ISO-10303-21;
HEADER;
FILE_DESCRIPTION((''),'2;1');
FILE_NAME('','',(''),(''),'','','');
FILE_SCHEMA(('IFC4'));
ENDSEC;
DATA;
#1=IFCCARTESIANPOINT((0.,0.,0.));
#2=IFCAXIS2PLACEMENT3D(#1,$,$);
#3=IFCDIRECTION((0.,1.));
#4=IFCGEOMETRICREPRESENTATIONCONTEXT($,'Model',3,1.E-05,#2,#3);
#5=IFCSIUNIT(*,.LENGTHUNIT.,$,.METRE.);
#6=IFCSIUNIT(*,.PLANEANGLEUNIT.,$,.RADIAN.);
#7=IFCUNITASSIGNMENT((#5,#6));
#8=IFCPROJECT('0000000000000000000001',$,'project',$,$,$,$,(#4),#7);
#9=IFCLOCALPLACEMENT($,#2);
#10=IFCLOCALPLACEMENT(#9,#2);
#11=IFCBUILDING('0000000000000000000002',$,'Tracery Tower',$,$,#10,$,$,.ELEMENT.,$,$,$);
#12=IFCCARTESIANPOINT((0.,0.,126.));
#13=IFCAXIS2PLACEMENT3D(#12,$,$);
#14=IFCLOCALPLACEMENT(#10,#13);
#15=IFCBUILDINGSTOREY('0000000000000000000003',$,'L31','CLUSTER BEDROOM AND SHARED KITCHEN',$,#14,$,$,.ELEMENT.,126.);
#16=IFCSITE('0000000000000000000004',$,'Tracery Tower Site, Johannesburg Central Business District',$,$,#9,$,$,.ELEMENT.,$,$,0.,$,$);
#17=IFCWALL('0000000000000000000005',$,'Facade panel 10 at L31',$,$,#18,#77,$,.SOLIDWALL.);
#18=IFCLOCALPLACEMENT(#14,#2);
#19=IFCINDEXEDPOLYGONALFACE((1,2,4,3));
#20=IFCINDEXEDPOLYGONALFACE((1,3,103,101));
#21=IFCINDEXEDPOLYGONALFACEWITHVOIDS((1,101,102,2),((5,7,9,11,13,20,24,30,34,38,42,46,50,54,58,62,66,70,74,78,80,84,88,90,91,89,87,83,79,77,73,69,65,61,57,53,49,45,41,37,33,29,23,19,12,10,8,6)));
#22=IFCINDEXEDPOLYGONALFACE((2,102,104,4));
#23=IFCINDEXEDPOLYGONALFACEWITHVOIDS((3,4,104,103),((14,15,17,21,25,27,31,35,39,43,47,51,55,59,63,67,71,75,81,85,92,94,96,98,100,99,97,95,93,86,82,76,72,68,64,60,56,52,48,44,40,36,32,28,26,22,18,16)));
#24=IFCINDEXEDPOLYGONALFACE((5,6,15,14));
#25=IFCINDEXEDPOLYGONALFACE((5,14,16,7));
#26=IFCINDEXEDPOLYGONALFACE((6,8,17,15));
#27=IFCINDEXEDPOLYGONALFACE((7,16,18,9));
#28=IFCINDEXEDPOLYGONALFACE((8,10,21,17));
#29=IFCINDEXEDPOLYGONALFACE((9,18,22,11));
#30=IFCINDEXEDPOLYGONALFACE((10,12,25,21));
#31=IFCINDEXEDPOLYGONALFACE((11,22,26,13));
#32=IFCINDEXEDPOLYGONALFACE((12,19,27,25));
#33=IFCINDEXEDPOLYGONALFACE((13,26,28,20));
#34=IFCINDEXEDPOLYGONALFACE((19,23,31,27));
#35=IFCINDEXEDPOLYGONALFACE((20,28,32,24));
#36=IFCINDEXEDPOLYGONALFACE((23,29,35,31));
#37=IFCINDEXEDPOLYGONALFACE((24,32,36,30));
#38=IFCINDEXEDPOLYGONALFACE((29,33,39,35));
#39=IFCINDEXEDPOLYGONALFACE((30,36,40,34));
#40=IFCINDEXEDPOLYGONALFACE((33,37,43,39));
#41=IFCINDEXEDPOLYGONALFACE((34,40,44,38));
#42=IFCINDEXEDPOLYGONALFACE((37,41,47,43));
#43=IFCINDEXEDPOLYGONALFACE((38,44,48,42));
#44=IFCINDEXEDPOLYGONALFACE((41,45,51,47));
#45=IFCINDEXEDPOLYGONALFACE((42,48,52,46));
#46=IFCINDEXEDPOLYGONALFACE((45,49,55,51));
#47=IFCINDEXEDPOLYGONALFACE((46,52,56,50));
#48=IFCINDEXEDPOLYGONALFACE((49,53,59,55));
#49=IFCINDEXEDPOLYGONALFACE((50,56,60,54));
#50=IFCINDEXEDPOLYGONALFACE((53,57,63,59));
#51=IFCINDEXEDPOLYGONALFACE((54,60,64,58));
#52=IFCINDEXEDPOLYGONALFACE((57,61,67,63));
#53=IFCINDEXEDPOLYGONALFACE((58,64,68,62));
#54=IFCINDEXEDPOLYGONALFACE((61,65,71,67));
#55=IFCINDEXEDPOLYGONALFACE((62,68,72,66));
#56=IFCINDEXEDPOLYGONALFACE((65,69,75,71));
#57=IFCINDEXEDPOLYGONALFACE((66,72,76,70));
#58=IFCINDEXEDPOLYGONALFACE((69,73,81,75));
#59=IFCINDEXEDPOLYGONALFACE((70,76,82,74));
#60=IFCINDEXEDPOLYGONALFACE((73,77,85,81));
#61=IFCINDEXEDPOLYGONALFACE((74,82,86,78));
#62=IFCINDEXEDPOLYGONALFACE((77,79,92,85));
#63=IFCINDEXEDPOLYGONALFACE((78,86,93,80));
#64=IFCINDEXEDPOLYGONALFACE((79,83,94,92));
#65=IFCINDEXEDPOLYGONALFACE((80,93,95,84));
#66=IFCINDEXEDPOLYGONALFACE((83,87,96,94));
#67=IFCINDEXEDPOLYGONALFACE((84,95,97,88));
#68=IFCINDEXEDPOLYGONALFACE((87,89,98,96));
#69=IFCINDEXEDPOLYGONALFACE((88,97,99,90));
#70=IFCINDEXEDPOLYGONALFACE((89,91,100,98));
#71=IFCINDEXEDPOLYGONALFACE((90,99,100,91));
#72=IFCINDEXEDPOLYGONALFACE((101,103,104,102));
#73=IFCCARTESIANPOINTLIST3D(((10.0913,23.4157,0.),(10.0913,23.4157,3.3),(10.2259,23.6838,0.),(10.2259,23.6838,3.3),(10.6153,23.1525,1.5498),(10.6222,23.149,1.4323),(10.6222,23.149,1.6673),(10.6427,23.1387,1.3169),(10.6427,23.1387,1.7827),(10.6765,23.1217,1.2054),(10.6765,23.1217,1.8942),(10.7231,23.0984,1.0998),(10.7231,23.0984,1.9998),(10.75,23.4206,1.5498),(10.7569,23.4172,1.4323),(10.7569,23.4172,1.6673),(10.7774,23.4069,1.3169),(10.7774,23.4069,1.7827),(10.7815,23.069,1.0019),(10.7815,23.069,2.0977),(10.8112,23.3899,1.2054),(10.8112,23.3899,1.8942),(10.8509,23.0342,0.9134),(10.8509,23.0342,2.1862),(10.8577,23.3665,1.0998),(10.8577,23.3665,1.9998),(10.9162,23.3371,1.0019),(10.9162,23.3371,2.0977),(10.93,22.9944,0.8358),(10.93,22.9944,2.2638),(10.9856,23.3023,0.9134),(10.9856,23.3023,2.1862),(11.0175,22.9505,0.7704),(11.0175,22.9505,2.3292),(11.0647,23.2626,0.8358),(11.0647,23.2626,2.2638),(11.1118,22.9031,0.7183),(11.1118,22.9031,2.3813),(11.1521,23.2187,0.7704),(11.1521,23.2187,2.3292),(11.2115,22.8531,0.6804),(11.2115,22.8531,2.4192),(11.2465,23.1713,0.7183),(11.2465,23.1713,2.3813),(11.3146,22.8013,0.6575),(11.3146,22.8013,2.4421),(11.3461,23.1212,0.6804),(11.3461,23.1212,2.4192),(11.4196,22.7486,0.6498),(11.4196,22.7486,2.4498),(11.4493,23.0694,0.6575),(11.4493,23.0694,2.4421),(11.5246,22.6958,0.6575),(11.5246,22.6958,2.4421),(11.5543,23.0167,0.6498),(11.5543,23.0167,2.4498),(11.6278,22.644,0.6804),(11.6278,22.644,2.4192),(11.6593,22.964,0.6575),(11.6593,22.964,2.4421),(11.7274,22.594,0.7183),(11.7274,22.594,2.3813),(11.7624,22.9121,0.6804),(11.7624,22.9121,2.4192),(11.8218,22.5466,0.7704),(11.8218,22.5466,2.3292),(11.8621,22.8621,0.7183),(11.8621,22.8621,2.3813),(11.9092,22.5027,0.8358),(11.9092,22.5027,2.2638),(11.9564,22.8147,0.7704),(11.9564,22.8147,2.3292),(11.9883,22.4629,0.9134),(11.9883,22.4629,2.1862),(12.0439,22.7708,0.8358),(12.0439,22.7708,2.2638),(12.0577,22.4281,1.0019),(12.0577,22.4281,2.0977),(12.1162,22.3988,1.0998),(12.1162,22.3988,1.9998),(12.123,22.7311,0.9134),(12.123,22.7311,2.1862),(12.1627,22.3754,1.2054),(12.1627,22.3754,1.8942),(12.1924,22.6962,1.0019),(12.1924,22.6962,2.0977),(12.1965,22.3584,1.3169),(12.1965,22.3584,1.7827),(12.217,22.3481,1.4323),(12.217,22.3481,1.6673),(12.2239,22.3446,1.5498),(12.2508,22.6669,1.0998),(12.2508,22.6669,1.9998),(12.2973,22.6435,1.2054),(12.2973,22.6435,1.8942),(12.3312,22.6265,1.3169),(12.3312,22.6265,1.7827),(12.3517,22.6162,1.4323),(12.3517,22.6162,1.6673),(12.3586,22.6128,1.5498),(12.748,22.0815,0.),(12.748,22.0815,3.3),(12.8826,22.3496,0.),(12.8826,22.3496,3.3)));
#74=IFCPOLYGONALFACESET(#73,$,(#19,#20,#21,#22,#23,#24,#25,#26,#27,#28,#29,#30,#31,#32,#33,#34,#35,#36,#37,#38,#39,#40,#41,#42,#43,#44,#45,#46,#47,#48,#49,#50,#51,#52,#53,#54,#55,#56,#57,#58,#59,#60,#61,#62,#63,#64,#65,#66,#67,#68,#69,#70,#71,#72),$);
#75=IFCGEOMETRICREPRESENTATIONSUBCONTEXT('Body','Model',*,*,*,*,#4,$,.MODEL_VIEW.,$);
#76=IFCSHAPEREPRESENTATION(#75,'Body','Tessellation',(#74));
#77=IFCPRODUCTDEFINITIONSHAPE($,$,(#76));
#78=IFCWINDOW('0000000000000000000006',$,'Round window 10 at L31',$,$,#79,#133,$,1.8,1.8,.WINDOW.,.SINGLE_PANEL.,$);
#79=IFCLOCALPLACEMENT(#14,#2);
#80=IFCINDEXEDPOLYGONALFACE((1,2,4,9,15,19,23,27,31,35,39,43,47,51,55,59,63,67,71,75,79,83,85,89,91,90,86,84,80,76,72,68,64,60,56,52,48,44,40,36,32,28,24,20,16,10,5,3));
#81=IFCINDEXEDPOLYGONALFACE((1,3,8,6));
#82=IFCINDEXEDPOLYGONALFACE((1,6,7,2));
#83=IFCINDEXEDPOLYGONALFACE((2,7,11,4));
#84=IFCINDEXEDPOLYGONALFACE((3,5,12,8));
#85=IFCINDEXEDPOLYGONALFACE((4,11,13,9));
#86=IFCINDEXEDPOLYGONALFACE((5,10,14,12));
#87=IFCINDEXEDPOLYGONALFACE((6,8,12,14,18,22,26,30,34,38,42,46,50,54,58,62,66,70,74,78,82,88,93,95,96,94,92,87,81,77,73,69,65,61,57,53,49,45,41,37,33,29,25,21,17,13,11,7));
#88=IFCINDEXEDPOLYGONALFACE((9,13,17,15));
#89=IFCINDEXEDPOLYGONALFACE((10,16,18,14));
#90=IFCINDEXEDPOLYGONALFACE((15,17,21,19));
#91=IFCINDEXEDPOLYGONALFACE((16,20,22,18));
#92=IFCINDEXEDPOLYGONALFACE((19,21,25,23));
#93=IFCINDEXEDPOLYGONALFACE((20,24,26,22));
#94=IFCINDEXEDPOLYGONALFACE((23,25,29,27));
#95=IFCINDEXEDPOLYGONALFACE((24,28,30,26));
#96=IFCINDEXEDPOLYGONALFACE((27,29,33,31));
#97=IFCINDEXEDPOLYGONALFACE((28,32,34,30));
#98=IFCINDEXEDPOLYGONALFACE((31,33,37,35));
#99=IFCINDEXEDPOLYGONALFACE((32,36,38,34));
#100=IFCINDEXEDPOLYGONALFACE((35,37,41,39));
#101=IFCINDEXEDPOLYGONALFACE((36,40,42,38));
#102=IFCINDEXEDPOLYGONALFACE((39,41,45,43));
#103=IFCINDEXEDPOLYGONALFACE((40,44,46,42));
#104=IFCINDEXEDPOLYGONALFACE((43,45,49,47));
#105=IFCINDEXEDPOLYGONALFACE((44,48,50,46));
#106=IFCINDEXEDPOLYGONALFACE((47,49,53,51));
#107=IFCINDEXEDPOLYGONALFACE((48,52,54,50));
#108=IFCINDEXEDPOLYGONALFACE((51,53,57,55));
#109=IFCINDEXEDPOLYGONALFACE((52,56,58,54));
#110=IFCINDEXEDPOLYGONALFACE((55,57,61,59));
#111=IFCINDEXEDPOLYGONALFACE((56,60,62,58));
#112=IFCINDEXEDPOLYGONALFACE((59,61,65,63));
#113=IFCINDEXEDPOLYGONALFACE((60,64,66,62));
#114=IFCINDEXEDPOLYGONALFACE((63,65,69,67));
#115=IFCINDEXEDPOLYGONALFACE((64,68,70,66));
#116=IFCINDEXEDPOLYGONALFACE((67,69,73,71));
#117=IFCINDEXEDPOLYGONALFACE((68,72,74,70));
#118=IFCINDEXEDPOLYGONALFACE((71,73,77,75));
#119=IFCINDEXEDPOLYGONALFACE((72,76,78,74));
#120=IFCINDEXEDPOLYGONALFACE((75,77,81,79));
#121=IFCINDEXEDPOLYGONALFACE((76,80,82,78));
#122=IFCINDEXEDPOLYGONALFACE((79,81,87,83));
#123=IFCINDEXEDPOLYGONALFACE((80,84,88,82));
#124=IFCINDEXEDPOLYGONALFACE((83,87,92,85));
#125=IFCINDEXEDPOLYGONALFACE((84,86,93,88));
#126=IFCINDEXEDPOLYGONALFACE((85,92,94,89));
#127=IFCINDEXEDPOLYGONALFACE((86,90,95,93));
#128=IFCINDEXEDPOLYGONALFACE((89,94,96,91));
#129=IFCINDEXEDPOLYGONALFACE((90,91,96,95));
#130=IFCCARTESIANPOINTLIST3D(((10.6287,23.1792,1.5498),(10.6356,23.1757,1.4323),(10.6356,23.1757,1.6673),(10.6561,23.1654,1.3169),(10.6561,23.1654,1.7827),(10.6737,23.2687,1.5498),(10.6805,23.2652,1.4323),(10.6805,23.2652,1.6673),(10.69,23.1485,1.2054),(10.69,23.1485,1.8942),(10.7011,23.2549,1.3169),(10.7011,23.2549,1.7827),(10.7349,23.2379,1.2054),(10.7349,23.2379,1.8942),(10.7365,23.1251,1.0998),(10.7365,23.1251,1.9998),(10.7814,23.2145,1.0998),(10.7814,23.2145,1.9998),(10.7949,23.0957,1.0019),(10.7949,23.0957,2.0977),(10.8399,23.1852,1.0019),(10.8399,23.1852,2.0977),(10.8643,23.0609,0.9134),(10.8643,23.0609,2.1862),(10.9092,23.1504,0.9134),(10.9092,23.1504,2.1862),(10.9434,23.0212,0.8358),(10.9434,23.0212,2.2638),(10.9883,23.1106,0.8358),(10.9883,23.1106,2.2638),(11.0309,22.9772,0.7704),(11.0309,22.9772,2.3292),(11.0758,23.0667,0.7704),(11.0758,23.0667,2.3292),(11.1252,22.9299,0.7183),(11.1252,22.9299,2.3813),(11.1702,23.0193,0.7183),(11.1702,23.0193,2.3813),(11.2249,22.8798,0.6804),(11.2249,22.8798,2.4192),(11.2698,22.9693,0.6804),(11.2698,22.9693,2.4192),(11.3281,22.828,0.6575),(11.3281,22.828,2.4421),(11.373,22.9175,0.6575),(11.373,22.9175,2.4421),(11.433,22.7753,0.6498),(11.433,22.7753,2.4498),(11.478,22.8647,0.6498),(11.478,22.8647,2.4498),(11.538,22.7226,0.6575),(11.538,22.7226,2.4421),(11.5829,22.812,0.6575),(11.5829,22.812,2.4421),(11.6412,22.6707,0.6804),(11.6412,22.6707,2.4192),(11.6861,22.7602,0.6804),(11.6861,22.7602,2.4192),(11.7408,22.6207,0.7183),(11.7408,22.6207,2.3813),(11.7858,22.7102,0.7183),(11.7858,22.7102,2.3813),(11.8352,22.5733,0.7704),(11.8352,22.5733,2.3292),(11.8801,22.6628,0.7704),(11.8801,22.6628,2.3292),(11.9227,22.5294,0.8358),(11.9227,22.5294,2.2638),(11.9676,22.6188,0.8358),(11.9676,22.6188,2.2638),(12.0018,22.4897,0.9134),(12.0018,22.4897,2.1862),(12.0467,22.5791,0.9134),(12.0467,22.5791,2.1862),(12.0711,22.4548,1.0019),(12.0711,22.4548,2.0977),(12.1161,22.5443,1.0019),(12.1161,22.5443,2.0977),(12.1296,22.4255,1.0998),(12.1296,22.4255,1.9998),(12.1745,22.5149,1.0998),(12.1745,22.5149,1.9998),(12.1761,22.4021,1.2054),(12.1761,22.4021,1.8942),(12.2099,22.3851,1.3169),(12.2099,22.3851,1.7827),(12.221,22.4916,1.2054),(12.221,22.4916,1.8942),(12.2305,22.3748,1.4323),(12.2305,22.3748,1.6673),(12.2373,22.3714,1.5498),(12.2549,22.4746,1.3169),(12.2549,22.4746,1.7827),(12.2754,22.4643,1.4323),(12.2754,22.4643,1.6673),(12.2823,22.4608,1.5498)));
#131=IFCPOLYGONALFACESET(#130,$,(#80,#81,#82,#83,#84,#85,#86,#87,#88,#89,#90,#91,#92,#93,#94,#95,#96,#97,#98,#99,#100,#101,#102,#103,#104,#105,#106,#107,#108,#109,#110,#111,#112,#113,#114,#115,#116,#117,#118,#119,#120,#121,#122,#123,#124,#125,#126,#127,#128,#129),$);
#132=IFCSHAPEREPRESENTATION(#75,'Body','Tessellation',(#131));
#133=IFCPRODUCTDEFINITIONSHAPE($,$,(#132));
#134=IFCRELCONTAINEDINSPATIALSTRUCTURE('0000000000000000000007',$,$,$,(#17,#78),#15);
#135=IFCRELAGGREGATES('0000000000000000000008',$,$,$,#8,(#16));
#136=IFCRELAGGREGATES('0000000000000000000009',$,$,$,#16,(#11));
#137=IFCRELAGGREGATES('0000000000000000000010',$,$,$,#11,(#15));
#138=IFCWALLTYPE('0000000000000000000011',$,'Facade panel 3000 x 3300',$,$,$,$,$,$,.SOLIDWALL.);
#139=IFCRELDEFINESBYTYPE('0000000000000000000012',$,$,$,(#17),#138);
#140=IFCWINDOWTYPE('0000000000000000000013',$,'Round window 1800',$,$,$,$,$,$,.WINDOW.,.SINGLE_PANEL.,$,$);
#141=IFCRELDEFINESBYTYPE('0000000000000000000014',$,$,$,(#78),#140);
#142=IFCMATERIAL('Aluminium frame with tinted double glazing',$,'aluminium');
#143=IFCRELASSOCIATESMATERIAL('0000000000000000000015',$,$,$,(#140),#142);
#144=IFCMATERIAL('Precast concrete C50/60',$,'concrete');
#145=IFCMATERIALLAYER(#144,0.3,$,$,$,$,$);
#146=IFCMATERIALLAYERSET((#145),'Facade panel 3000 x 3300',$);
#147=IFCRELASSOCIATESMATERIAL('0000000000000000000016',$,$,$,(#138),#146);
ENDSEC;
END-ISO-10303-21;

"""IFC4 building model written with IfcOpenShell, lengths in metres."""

from ifc_helpers import new_model, si_unit, direction, frame, frame_2d, origin, origin_2d, place, context, subcontext, project, spatial, rectangle, circle, extrude, material, layer, layer_set, type_object, element, fill, save


model = new_model("IFC4")

# Units and contexts
model_context = context("Model", 3, precision=1e-05, world=origin(), true_north=direction((0.0, 1.0)))
body_context = subcontext(model_context, "Body", "Model", "MODEL_VIEW")
ifc_project = project(units=[si_unit("LENGTHUNIT", "METRE"), si_unit("PLANEANGLEUNIT", "RADIAN")], contexts=[model_context])

# Site, building, storey
site_placement = place(None, origin())
site = spatial("IfcSite", under=ifc_project, at=site_placement, Name="Tracery Tower Site, Johannesburg Central Business District", CompositionType="ELEMENT", RefElevation=0.0)
building_placement = place(site_placement, origin())
building = spatial("IfcBuilding", under=site, at=building_placement, Name="Tracery Tower", CompositionType="ELEMENT")
storey_placement = place(building_placement, frame((0.0, 0.0, 126.0)))
storey = spatial("IfcBuildingStorey", under=building, at=storey_placement, Name="L31", Description="CLUSTER BEDROOM AND SHARED KITCHEN", CompositionType="ELEMENT", Elevation=126.0)

# Wall, opening, window
ifc_material_1 = material(Name="Aluminium frame with tinted double glazing", Category="aluminium")
window_type = type_object("IfcWindowType", Name="Round window 1800", PartitioningType="SINGLE_PANEL", PredefinedType="WINDOW", material=ifc_material_1)
ifc_material_2 = material(Name="Precast concrete C50/60", Category="concrete")
ifc_layer_1 = layer(ifc_material_2, 0.3)
ifc_layer_set_1 = layer_set([ifc_layer_1], Name="Facade panel 3000 x 3300")
wall_type_1 = type_object("IfcWallType", Name="Facade panel 3000 x 3300", PredefinedType="SOLIDWALL", material=ifc_layer_set_1)
wall_1_placement = place(storey_placement, frame((12.8152, 22.2156, 0.0), z_axis=(0.0, 0.0, 1.0), x_axis=(-0.893637, 0.44879, 0.0)))
wall_1 = element("IfcWall", 1, at=wall_1_placement, inside=storey, type_object=wall_type_1, Name="Facade panel 10 at L31", PredefinedType="SOLIDWALL", context=body_context, shape_type="SweptSolid", body=[
    extrude(rectangle(XDim=2.9729, YDim=0.3, at=frame_2d((1.4863, 0.0))), origin(), (0.0, 0.0, 1.0), 3.3),
])
opening_1_placement = place(wall_1_placement, frame((1.4863, 0.0, 1.5498)))
opening_1 = element("IfcOpeningElement", 2, at=opening_1_placement, cuts=wall_1, PredefinedType="OPENING", context=body_context, shape_type="SweptSolid", body=[
    extrude(circle(Radius=0.9, at=origin_2d()), frame((0.0, 0.1599, 0.0), z_axis=(0.0, -1.0, 0.0), x_axis=(1.0, 0.0, 0.0)), (0.0, 0.0, 1.0), 0.3201),
])
window_1_placement = place(opening_1_placement, origin())
window_1 = element("IfcWindow", 3, at=window_1_placement, inside=storey, type_object=window_type, Name="Round window 10 at L31", OverallHeight=1.8, OverallWidth=1.8, PartitioningType="SINGLE_PANEL", PredefinedType="WINDOW", context=body_context, shape_type="SweptSolid", body=[
    extrude(circle(Radius=0.9, at=origin_2d()), frame((0.0, 0.1201, 0.0), z_axis=(0.0, -1.0, 0.0), x_axis=(1.0, 0.0, 0.0)), (0.0, 0.0, 1.0), 0.1001),
])
fill(opening_1, window_1)

save(model, "model.ifc")
